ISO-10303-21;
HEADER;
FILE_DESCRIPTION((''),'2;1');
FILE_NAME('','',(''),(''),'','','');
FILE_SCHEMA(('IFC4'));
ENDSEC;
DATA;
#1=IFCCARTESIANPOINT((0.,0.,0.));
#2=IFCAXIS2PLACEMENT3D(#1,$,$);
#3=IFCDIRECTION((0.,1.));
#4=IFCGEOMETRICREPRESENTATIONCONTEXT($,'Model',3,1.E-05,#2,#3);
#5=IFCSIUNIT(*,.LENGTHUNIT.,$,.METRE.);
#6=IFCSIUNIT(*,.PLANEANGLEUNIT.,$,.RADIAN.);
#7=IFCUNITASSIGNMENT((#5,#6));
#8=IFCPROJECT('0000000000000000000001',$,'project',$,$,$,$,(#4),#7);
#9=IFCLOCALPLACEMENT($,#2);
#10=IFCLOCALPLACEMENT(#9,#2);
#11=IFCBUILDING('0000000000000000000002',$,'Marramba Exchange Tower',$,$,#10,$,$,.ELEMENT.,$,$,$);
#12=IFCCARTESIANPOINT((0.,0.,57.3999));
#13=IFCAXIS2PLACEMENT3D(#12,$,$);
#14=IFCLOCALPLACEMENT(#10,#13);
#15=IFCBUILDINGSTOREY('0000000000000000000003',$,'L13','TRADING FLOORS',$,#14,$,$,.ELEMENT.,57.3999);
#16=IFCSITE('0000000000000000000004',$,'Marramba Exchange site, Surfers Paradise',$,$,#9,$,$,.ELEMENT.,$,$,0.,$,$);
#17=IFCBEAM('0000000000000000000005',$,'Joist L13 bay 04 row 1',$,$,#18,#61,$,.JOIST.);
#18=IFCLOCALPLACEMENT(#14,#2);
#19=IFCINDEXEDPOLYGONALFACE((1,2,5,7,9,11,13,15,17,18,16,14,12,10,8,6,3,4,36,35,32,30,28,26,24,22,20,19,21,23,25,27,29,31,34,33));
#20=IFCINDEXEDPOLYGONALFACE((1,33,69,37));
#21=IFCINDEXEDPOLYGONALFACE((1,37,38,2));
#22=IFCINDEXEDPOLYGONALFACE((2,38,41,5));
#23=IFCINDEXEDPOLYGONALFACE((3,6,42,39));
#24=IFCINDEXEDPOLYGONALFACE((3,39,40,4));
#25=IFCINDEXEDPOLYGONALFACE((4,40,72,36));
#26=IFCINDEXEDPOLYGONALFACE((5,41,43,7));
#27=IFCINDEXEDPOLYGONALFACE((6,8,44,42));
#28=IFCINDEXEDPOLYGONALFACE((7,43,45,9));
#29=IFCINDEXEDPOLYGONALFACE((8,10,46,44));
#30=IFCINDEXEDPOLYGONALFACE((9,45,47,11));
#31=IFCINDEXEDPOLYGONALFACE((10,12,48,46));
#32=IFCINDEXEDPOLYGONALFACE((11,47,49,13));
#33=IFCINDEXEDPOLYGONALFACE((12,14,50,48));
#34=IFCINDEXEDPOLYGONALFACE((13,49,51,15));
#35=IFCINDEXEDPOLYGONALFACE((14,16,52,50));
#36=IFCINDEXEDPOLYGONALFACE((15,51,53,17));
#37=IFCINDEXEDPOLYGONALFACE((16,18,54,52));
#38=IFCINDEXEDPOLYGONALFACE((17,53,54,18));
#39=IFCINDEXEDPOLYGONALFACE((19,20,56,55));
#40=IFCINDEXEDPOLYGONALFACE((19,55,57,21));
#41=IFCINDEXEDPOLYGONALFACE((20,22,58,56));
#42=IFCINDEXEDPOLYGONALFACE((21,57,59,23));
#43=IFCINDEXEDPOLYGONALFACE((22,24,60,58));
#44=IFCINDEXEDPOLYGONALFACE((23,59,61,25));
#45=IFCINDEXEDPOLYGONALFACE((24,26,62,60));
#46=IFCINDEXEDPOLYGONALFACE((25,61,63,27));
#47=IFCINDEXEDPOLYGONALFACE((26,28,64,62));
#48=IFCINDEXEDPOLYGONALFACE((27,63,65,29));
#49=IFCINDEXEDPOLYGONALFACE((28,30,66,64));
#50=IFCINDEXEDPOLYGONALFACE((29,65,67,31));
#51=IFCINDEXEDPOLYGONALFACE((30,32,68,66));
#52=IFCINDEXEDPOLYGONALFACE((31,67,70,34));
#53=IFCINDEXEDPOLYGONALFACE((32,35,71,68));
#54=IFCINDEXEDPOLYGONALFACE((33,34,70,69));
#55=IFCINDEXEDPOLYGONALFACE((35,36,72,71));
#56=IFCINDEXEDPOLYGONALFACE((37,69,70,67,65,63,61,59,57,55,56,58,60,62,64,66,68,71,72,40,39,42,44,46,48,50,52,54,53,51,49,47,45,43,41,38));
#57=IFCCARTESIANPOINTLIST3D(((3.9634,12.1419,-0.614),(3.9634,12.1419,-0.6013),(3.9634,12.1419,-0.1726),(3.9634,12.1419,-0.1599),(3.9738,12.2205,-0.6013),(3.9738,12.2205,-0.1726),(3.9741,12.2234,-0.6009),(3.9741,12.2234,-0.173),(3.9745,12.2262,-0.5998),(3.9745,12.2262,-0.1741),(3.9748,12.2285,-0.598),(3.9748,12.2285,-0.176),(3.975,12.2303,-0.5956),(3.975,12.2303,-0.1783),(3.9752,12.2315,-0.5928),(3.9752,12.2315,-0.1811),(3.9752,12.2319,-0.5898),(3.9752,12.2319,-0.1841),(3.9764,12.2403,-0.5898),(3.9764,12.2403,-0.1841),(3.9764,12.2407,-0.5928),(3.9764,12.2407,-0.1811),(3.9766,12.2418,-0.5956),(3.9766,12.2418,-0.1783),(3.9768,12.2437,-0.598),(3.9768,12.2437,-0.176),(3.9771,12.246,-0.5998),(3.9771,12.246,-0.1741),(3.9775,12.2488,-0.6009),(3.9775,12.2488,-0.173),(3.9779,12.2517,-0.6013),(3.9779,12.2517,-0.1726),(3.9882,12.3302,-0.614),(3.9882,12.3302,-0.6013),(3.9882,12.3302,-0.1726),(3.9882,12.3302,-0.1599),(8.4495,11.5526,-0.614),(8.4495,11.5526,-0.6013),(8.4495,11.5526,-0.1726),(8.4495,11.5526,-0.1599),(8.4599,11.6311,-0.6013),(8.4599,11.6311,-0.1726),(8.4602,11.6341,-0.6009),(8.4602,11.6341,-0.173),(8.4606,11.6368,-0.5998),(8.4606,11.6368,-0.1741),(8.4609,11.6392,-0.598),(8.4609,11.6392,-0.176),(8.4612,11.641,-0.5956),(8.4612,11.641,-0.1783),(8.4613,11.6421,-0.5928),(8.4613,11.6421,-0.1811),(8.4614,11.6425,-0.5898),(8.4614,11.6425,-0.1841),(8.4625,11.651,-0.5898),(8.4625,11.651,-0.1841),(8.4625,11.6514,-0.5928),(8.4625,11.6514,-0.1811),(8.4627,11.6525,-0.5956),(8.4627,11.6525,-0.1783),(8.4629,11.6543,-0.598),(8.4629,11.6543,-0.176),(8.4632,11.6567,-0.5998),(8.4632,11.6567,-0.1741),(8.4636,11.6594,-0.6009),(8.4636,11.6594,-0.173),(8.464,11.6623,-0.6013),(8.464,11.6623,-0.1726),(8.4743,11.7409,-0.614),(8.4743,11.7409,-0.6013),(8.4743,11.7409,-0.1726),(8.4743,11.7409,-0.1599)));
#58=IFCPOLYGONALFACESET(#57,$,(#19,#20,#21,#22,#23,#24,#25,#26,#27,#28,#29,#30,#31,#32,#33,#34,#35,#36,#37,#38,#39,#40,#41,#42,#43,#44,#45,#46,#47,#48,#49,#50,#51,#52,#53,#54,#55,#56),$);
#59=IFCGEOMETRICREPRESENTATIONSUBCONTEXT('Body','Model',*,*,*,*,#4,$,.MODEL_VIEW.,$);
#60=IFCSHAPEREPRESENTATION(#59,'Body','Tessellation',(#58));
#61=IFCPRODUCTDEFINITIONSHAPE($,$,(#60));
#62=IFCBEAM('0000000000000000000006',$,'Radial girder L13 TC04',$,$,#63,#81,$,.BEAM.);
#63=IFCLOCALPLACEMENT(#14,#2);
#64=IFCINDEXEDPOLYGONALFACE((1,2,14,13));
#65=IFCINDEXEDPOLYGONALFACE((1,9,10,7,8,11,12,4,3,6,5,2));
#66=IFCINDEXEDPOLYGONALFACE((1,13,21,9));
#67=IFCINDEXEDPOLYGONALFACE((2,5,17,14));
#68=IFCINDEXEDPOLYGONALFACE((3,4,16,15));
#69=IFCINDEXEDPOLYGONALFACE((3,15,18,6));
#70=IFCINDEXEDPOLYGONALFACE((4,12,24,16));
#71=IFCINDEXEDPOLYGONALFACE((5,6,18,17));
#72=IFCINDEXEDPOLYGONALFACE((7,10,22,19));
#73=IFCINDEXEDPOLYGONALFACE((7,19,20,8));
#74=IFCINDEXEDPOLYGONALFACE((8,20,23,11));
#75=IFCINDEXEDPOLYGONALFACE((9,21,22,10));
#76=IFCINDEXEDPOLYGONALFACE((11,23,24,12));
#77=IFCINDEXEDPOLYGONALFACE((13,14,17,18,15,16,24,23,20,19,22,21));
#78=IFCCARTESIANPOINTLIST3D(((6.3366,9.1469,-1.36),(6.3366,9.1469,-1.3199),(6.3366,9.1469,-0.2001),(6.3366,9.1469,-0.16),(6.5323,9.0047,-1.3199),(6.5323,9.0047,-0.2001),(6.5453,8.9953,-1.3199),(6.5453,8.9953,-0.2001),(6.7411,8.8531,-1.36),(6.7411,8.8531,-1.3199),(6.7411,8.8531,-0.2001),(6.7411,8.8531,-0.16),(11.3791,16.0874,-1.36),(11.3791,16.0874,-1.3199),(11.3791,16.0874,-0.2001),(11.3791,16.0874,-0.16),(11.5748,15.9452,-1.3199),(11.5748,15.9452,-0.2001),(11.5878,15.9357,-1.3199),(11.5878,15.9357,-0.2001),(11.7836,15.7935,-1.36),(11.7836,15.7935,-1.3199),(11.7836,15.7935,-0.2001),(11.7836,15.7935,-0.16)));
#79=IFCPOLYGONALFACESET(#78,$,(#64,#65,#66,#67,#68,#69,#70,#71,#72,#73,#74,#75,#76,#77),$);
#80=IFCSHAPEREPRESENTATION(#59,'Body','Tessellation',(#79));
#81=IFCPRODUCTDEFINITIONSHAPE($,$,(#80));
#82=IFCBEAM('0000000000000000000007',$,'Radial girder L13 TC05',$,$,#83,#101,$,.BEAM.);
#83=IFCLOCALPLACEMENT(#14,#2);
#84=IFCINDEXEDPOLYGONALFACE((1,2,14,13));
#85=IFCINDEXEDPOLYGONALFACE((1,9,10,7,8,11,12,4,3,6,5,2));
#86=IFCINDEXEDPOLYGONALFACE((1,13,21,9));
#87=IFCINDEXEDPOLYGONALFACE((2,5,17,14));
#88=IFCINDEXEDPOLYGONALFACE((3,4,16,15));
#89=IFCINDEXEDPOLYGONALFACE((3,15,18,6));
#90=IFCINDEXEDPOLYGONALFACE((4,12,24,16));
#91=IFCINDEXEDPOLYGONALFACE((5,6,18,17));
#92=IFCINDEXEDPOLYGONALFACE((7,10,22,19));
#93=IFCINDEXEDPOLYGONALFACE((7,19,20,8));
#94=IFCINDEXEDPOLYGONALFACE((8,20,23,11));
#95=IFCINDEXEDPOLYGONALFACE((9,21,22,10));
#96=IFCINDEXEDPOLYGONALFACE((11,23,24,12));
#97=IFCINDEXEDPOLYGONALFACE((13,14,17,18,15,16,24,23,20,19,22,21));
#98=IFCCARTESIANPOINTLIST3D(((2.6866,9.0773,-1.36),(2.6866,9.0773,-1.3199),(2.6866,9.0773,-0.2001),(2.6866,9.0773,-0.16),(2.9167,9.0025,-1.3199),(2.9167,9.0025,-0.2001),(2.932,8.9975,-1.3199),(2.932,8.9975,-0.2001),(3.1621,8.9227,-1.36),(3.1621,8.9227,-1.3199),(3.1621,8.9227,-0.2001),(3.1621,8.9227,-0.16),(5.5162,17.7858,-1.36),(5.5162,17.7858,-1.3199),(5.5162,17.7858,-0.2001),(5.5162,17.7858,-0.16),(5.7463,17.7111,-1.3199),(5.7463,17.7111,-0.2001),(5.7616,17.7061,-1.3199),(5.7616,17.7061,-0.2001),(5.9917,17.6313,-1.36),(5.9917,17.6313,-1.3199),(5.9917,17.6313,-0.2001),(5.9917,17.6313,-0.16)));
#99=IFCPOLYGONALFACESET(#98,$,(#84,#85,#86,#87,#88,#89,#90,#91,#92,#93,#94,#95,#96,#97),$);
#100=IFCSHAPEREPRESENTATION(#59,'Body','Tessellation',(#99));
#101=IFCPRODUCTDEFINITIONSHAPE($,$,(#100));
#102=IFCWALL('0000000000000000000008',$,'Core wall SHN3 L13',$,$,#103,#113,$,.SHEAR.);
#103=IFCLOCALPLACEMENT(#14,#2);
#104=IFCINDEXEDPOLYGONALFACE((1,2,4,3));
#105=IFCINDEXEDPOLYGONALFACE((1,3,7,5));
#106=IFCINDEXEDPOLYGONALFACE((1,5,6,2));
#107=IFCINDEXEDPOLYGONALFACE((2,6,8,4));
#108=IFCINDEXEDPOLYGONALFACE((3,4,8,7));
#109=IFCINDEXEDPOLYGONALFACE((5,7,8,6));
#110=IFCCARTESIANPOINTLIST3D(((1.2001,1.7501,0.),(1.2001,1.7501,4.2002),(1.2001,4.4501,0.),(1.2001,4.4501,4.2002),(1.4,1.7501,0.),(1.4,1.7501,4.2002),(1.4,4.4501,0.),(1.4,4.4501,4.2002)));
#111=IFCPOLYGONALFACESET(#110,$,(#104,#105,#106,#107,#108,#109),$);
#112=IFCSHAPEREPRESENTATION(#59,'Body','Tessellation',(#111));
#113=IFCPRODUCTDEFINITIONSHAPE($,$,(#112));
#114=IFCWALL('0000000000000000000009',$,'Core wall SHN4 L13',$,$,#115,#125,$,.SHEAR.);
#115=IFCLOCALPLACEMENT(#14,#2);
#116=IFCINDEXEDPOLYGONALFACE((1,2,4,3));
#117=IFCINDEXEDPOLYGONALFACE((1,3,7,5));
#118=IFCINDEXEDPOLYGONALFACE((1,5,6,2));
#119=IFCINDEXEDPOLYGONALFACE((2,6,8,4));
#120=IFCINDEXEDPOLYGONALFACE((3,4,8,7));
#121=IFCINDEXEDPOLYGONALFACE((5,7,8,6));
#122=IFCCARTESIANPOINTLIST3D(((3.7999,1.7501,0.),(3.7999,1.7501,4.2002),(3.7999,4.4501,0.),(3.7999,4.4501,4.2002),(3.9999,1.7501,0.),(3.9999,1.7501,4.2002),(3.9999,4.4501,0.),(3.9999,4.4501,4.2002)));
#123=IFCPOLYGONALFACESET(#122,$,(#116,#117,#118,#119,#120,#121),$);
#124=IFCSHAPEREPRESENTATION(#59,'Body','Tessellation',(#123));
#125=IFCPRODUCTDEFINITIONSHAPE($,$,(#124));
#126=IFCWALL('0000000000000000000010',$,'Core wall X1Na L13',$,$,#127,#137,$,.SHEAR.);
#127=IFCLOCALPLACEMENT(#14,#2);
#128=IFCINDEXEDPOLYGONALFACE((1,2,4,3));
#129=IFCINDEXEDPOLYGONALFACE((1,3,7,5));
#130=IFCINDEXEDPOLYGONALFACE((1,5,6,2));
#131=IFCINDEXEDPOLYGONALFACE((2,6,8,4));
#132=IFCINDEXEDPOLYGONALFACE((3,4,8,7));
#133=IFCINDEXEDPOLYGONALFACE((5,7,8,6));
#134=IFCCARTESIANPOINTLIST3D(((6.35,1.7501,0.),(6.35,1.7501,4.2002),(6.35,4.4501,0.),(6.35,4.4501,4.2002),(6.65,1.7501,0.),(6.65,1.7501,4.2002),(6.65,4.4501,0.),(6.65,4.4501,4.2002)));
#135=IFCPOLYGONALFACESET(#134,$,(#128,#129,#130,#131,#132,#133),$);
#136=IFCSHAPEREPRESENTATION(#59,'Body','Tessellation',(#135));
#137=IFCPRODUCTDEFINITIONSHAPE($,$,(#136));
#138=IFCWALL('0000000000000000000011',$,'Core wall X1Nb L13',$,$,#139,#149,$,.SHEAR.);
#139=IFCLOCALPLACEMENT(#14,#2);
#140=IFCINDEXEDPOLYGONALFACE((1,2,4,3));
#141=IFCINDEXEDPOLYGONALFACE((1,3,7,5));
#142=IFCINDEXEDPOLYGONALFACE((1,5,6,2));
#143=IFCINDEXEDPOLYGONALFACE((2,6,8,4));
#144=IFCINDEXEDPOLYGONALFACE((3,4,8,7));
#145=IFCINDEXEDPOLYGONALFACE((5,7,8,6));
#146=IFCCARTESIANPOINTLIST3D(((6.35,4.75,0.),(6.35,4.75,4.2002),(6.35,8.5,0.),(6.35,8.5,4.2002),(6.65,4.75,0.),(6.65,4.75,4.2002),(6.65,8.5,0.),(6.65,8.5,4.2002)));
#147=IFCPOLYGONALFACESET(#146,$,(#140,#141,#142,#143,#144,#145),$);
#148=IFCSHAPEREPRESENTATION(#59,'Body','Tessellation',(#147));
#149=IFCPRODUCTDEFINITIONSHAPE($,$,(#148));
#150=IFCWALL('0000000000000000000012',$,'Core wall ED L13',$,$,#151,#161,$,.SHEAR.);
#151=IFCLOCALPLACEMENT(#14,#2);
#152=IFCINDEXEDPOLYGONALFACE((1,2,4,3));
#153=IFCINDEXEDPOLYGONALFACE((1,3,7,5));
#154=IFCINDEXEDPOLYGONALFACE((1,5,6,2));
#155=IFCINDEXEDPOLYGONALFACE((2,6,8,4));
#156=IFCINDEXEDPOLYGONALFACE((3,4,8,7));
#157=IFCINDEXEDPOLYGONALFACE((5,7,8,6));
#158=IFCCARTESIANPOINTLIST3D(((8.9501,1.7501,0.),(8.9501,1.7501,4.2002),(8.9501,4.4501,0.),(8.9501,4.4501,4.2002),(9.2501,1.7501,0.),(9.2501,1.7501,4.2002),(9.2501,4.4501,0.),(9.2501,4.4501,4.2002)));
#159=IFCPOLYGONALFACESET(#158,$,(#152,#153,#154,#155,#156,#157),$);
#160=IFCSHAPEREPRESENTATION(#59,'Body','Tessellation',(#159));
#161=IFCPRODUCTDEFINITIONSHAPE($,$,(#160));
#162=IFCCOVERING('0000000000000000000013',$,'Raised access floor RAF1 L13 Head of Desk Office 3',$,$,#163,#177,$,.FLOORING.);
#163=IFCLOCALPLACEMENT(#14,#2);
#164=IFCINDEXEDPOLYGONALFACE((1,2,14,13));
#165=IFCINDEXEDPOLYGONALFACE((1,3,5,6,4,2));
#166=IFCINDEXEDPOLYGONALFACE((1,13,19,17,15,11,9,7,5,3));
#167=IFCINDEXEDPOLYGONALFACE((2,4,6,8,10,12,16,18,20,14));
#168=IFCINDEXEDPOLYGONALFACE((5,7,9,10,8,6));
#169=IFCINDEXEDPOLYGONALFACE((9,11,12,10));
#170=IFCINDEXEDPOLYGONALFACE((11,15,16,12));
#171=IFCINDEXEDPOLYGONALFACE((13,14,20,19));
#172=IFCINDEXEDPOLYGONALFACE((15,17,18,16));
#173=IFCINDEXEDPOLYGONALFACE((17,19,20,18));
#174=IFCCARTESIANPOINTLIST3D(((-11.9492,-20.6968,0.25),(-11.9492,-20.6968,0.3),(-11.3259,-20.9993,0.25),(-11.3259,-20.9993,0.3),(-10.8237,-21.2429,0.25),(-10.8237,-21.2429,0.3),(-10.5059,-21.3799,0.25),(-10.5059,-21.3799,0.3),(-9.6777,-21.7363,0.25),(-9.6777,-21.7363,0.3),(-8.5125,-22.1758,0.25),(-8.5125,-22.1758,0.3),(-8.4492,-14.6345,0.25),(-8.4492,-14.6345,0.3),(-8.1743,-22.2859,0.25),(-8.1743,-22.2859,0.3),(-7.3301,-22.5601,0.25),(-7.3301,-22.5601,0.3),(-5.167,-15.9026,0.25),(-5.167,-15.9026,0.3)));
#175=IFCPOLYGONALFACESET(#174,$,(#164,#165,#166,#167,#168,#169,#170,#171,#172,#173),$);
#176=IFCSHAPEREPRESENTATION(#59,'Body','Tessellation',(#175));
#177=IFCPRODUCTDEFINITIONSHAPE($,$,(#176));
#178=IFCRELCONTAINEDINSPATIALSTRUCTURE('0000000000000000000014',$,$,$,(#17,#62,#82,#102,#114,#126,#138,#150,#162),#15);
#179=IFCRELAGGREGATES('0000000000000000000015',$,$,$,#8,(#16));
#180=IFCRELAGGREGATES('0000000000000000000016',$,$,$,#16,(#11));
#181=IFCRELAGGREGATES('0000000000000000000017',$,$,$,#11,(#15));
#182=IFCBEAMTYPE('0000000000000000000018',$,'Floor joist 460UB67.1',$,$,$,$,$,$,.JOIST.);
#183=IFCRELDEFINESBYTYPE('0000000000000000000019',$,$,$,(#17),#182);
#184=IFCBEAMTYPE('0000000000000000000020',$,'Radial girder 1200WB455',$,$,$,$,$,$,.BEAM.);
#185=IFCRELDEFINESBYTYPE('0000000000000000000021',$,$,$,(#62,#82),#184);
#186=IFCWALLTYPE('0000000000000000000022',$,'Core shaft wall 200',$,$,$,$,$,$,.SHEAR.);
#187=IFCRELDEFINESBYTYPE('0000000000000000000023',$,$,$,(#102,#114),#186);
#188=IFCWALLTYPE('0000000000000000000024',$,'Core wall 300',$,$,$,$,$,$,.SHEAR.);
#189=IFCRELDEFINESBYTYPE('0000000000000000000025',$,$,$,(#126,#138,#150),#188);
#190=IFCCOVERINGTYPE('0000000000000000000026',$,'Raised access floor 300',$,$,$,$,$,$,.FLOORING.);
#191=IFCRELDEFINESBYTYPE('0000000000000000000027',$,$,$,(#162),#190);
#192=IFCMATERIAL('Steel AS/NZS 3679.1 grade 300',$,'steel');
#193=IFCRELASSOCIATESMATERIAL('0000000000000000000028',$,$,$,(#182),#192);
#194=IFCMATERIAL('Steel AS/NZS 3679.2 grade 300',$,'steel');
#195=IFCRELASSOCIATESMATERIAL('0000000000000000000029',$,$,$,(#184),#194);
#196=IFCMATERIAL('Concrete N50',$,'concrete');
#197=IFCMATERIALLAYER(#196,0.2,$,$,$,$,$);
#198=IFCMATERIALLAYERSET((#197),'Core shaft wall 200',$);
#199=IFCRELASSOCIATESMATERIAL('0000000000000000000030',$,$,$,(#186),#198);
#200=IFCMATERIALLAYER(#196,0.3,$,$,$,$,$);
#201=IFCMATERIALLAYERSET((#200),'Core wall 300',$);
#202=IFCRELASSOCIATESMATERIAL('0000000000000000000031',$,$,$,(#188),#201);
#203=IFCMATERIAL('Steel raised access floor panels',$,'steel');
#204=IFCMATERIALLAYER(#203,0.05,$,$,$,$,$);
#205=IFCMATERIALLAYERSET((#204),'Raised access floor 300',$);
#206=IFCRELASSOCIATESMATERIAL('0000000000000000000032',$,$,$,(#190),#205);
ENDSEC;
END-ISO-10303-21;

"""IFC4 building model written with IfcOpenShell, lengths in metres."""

from ifc_helpers import new_model, si_unit, direction, frame, frame_2d, origin, origin_2d, place, context, subcontext, project, spatial, polyline, rectangle, i_section, outline, extrude, material, layer, layer_set, material_profile, profile_set, type_object, element, save


model = new_model("IFC4")

# Units and contexts
model_context = context("Model", 3, precision=1e-05, world=origin(), true_north=direction((0.0, 1.0)))
body_context = subcontext(model_context, "Body", "Model", "MODEL_VIEW")
ifc_project = project(units=[si_unit("LENGTHUNIT", "METRE"), si_unit("PLANEANGLEUNIT", "RADIAN")], contexts=[model_context])

# Site, building, storey
site_placement = place(None, origin())
site = spatial("IfcSite", under=ifc_project, at=site_placement, Name="Marramba Exchange site, Surfers Paradise", CompositionType="ELEMENT", RefElevation=0.0)
building_placement = place(site_placement, origin())
building = spatial("IfcBuilding", under=site, at=building_placement, Name="Marramba Exchange Tower", CompositionType="ELEMENT")
storey_placement = place(building_placement, frame((0.0, 0.0, 57.3999)))
storey = spatial("IfcBuildingStorey", under=building, at=storey_placement, Name="L13", Description="TRADING FLOORS", CompositionType="ELEMENT", Elevation=57.3999)

# Beams
ifc_material_1 = material(Name="Steel AS/NZS 3679.1 grade 300", Category="steel")
ifc_material_profile_1 = material_profile(ifc_material_1, i_section(OverallWidth=0.1899, OverallDepth=0.4541, WebThickness=0.0085, FlangeThickness=0.0127, FilletRadius=0.0115, at=origin_2d()), Name="460UB67.1")
ifc_profile_set_1 = profile_set([ifc_material_profile_1], Name="Steel AS/NZS 3679.1 grade 300")
beam_type_1 = type_object("IfcBeamType", Name="Floor joist 460UB67.1", PredefinedType="JOIST", material=ifc_profile_set_1)
beam_1_placement = place(storey_placement, frame((8.4619, 11.6467, -0.387), z_axis=(-0.991481, 0.130255, 0.0), x_axis=(-0.130255, -0.991481, 0.0)))
element("IfcBeam", 1, at=beam_1_placement, inside=storey, type_object=beam_type_1, Name="Joist L13 bay 04 row 1", PredefinedType="JOIST", context=body_context, shape_type="SweptSolid", body=[
    extrude(i_section(OverallWidth=0.1899, OverallDepth=0.4541, WebThickness=0.0085, FlangeThickness=0.0127, FilletRadius=0.0115, at=origin_2d()), origin(), (0.0, 0.0, 1.0), 4.5247),
])
ifc_material_2 = material(Name="Steel AS/NZS 3679.2 grade 300", Category="steel")
ifc_material_profile_2 = material_profile(ifc_material_2, i_section(OverallWidth=0.5, OverallDepth=1.2, WebThickness=0.0161, FlangeThickness=0.04, at=origin_2d()), Name="1200WB455")
ifc_profile_set_2 = profile_set([ifc_material_profile_2], Name="Steel AS/NZS 3679.2 grade 300")
beam_type_2 = type_object("IfcBeamType", Name="Radial girder 1200WB455", PredefinedType="BEAM", material=ifc_profile_set_2)
beam_2_placement = place(storey_placement, frame((6.5388, 9.0, -0.76), z_axis=(0.587782, 0.809019, 0.0), x_axis=(-0.809019, 0.587782, 0.0)))
element("IfcBeam", 2, at=beam_2_placement, inside=storey, type_object=beam_type_2, Name="Radial girder L13 TC04", PredefinedType="BEAM", context=body_context, shape_type="SweptSolid", body=[
    extrude(i_section(OverallWidth=0.5, OverallDepth=1.2, WebThickness=0.0161, FlangeThickness=0.04, at=origin_2d()), origin(), (0.0, 0.0, 1.0), 8.5789),
])
beam_3_placement = place(storey_placement, frame((2.9243, 9.0, -0.76), z_axis=(0.30902, 0.951056, 0.0), x_axis=(-0.951056, 0.30902, 0.0)))
element("IfcBeam", 3, at=beam_3_placement, inside=storey, type_object=beam_type_2, Name="Radial girder L13 TC05", PredefinedType="BEAM", context=body_context, shape_type="SweptSolid", body=[
    extrude(i_section(OverallWidth=0.5, OverallDepth=1.2, WebThickness=0.0161, FlangeThickness=0.04, at=origin_2d()), origin(), (0.0, 0.0, 1.0), 9.1567),
])

# Walls
ifc_material_3 = material(Name="Concrete N50", Category="concrete")
ifc_layer_1 = layer(ifc_material_3, 0.2)
ifc_layer_set_1 = layer_set([ifc_layer_1], Name="Core shaft wall 200")
wall_type_1 = type_object("IfcWallType", Name="Core shaft wall 200", PredefinedType="SHEAR", material=ifc_layer_set_1)
for number, where, z_axis, x_axis, name in (
    (4, (1.3, 1.75, 0.0), (0.0, 0.0, 1.0), (0.0, 1.0, 0.0), "Core wall SHN3 L13"),
    (5, (3.8999, 1.75, 0.0), (0.0, 0.0, 1.0), (0.0, 1.0, 0.0), "Core wall SHN4 L13"),
):
    element("IfcWall", number, at=place(storey_placement, frame(where, z_axis=z_axis, x_axis=x_axis)), inside=storey, type_object=wall_type_1, Name=name, PredefinedType="SHEAR", context=body_context, shape_type="SweptSolid", body=[
        extrude(rectangle(XDim=2.7, YDim=0.2, at=frame_2d((1.3501, 0.0))), origin(), (0.0, 0.0, 1.0), 4.2002),
    ])
ifc_layer_2 = layer(ifc_material_3, 0.3)
ifc_layer_set_2 = layer_set([ifc_layer_2], Name="Core wall 300")
wall_type_2 = type_object("IfcWallType", Name="Core wall 300", PredefinedType="SHEAR", material=ifc_layer_set_2)
wall_1_placement = place(storey_placement, frame((6.5, 1.75, 0.0), z_axis=(0.0, 0.0, 1.0), x_axis=(0.0, 1.0, 0.0)))
element("IfcWall", 6, at=wall_1_placement, inside=storey, type_object=wall_type_2, Name="Core wall X1Na L13", PredefinedType="SHEAR", context=body_context, shape_type="SweptSolid", body=[
    extrude(rectangle(XDim=2.7, YDim=0.3, at=frame_2d((1.3501, 0.0))), origin(), (0.0, 0.0, 1.0), 4.2002),
])
wall_2_placement = place(storey_placement, frame((6.5, 4.75, 0.0), z_axis=(0.0, 0.0, 1.0), x_axis=(0.0, 1.0, 0.0)))
element("IfcWall", 7, at=wall_2_placement, inside=storey, type_object=wall_type_2, Name="Core wall X1Nb L13", PredefinedType="SHEAR", context=body_context, shape_type="SweptSolid", body=[
    extrude(rectangle(XDim=3.75, YDim=0.3, at=frame_2d((1.875, 0.0))), origin(), (0.0, 0.0, 1.0), 4.2002),
])
wall_3_placement = place(storey_placement, frame((9.1001, 1.75, 0.0), z_axis=(0.0, 0.0, 1.0), x_axis=(0.0, 1.0, 0.0)))
element("IfcWall", 8, at=wall_3_placement, inside=storey, type_object=wall_type_2, Name="Core wall ED L13", PredefinedType="SHEAR", context=body_context, shape_type="SweptSolid", body=[
    extrude(rectangle(XDim=2.7, YDim=0.3, at=frame_2d((1.3501, 0.0))), origin(), (0.0, 0.0, 1.0), 4.2002),
])

# Covering
ifc_material_4 = material(Name="Steel raised access floor panels", Category="steel")
ifc_layer_3 = layer(ifc_material_4, 0.05)
ifc_layer_set_3 = layer_set([ifc_layer_3], Name="Raised access floor 300")
covering_type_1 = type_object("IfcCoveringType", Name="Raised access floor 300", PredefinedType="FLOORING", material=ifc_layer_set_3)
covering_1_placement = place(storey_placement, frame((0.0, 0.0, 0.25)))
element("IfcCovering", 9, at=covering_1_placement, inside=storey, type_object=covering_type_1, Name="Raised access floor RAF1 L13 Head of Desk Office 3", PredefinedType="FLOORING", context=body_context, shape_type="SweptSolid", body=[
    extrude(outline(polyline([(-8.1743, -22.2859), (-8.5125, -22.1758), (-9.6777, -21.7363), (-10.5059, -21.3799), (-10.8237, -21.2429), (-11.3259, -20.9993), (-11.9492, -20.6968), (-8.4492, -14.6345), (-5.167, -15.9026), (-7.3301, -22.5601), (-8.1743, -22.2859)])), origin(), (0.0, 0.0, 1.0), 0.05),
])

save(model, "model.ifc")
